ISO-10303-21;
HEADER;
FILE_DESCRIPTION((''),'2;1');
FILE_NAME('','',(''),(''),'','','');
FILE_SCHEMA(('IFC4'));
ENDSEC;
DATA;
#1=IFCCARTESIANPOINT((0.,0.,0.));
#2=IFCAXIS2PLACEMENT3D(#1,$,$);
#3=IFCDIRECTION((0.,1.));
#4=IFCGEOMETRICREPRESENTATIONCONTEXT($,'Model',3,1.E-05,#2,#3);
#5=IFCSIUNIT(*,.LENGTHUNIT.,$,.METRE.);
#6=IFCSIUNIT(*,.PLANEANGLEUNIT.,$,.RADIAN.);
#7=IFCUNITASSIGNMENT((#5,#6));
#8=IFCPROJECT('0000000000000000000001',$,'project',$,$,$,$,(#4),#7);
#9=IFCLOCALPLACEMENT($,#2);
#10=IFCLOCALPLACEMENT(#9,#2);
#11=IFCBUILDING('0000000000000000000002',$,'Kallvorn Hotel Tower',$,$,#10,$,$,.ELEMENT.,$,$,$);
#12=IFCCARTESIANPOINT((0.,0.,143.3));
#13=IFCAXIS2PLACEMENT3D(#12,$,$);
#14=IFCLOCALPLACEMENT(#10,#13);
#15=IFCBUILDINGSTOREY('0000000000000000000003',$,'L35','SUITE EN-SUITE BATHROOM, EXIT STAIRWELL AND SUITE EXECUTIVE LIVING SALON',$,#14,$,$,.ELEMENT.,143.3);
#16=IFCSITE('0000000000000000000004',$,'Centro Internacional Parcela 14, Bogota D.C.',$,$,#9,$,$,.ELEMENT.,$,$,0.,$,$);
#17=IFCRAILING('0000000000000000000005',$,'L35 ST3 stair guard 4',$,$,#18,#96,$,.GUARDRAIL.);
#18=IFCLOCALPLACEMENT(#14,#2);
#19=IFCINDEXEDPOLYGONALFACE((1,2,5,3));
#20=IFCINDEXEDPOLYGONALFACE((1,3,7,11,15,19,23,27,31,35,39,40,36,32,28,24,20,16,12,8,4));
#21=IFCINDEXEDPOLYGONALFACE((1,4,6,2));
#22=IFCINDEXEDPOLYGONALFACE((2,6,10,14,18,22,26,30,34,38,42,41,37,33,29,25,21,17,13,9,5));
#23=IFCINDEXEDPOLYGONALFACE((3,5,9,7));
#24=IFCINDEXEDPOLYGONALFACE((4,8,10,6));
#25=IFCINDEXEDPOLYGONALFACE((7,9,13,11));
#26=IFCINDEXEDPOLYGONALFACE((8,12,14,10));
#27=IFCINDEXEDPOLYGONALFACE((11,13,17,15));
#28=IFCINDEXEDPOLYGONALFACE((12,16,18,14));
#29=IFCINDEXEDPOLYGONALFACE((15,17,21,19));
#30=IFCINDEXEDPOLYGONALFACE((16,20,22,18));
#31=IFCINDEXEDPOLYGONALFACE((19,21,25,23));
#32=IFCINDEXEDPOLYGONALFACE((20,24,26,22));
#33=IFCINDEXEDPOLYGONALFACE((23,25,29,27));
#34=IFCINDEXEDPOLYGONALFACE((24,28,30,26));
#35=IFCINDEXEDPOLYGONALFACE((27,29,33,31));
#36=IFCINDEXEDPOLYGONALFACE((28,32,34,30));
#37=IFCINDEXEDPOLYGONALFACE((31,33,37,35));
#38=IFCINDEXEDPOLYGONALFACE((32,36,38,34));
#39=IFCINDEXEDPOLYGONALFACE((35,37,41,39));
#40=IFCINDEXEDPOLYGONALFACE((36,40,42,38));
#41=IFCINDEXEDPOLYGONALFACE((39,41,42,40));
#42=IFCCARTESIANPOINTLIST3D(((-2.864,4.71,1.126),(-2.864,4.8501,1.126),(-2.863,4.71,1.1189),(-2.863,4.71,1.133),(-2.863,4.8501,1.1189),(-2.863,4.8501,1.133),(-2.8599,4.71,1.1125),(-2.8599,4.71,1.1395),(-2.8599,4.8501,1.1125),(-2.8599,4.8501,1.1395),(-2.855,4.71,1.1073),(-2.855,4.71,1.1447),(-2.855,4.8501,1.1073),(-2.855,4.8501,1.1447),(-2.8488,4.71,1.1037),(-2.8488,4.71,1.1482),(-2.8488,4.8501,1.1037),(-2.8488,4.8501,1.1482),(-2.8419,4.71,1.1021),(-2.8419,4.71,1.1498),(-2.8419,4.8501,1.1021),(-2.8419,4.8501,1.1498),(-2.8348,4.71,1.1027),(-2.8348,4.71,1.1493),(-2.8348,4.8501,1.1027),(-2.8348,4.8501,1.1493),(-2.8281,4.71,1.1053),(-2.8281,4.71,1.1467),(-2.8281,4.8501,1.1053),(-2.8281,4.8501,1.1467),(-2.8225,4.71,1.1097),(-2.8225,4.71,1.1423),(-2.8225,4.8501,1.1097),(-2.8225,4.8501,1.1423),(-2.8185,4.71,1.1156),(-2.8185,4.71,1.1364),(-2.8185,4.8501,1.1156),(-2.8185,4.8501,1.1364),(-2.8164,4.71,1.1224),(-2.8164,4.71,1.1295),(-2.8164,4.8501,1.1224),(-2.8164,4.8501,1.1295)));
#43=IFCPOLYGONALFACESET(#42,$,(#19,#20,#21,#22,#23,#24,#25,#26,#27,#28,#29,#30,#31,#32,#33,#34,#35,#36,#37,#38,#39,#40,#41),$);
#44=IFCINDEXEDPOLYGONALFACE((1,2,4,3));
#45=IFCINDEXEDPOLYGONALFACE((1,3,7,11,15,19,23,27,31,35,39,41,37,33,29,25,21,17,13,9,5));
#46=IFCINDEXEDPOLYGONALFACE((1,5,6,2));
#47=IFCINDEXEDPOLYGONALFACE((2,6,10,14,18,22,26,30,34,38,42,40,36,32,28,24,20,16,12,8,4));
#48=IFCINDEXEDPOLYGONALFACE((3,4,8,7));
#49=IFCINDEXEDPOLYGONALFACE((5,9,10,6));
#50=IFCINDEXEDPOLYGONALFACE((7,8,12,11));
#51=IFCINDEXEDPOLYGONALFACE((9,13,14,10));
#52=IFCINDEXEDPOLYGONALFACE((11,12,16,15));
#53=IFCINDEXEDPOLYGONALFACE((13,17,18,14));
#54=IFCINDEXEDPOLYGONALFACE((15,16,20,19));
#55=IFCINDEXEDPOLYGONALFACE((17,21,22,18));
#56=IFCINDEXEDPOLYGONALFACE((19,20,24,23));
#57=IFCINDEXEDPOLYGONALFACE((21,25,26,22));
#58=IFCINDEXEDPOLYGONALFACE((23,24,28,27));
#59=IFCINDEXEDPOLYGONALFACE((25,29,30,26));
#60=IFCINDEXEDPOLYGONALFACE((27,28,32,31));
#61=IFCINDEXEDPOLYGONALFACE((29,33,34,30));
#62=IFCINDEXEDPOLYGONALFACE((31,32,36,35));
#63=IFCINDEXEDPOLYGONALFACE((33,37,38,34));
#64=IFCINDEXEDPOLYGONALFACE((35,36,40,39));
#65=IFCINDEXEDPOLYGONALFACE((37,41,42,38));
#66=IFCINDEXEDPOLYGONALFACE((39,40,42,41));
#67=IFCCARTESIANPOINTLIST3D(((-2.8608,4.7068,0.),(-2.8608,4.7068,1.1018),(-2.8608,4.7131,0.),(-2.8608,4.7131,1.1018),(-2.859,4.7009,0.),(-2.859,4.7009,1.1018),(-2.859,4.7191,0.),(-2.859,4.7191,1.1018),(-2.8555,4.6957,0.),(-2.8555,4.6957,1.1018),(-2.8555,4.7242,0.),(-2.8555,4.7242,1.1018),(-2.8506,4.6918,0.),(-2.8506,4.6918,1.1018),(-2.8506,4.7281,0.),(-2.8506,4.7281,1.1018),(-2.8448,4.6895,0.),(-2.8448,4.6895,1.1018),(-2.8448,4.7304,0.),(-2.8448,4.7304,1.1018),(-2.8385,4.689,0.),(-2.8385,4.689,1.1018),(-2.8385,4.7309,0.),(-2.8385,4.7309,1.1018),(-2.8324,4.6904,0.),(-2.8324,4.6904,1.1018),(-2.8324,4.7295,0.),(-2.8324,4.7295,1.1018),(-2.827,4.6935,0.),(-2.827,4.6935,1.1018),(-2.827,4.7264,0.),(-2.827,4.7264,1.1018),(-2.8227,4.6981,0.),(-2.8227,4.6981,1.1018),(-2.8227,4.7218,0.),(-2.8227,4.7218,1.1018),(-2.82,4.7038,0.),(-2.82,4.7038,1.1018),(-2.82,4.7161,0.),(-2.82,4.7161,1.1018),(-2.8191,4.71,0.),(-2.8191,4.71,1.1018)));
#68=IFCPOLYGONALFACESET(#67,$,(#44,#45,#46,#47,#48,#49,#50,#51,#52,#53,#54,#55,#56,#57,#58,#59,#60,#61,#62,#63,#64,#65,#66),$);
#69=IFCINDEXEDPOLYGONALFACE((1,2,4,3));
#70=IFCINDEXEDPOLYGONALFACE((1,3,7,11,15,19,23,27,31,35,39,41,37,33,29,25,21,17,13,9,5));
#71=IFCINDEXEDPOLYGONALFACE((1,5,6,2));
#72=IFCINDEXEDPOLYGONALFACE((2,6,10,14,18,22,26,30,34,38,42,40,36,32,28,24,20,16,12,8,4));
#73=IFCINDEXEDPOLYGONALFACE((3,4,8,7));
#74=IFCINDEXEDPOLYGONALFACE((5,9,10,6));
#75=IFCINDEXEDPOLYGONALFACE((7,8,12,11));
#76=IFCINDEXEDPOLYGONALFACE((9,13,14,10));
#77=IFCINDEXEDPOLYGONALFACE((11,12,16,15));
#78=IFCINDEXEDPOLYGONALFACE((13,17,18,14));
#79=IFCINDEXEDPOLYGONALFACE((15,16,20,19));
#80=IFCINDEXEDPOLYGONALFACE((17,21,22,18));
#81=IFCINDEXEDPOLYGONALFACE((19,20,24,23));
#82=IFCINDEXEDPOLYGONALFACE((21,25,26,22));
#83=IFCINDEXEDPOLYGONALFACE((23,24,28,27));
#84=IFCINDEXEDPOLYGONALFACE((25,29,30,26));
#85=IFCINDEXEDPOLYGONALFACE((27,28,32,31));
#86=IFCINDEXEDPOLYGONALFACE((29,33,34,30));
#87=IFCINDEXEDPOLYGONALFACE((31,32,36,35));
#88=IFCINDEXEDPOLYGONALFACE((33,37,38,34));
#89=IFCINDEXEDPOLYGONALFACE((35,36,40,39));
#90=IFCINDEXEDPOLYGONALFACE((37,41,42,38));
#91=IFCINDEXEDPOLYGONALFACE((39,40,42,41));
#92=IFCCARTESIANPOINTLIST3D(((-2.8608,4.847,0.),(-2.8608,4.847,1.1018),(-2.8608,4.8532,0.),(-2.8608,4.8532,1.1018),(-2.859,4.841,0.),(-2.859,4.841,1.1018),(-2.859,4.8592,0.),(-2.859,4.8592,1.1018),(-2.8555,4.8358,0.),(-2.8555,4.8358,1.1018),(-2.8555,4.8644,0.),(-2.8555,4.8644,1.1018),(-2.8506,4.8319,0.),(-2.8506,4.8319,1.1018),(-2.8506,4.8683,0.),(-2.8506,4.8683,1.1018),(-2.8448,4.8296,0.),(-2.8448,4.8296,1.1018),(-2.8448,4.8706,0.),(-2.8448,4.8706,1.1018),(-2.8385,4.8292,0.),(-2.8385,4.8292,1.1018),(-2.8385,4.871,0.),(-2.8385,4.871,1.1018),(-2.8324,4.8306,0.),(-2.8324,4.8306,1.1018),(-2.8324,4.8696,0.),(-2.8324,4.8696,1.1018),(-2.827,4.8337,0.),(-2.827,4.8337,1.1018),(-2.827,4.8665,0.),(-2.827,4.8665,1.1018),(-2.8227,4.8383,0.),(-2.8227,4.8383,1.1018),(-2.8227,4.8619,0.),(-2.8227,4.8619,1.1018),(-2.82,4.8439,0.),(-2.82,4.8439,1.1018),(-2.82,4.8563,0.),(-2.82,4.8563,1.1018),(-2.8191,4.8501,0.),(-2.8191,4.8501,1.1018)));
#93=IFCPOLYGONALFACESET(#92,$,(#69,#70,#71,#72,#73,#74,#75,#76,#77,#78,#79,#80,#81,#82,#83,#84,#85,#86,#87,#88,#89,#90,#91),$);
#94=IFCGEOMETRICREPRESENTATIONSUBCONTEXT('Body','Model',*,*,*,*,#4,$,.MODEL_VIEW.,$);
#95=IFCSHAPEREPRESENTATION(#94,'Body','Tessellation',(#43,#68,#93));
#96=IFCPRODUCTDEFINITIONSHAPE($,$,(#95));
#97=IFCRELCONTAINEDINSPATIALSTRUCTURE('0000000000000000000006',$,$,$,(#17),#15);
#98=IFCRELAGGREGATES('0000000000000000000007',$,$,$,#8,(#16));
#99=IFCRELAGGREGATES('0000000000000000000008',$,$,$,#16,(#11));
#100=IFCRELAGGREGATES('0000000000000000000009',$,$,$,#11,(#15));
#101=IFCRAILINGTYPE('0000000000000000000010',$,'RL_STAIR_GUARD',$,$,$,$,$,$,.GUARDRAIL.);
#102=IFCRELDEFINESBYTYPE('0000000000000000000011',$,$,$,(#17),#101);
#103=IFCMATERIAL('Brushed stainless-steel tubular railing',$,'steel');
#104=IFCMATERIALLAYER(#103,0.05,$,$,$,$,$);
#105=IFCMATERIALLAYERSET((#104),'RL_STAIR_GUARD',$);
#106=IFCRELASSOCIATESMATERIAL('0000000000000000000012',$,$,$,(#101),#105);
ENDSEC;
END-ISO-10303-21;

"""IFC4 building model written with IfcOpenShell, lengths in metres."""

from ifc_helpers import new_model, si_unit, direction, frame, origin, origin_2d, place, context, subcontext, project, spatial, circle, extrude, material, layer, layer_set, type_object, element, save


model = new_model("IFC4")

# Units and contexts
model_context = context("Model", 3, precision=1e-05, world=origin(), true_north=direction((0.0, 1.0)))
body_context = subcontext(model_context, "Body", "Model", "MODEL_VIEW")
ifc_project = project(units=[si_unit("LENGTHUNIT", "METRE"), si_unit("PLANEANGLEUNIT", "RADIAN")], contexts=[model_context])

# Site, building, storey
site_placement = place(None, origin())
site = spatial("IfcSite", under=ifc_project, at=site_placement, Name="Centro Internacional Parcela 14, Bogota D.C.", CompositionType="ELEMENT", RefElevation=0.0)
building_placement = place(site_placement, origin())
building = spatial("IfcBuilding", under=site, at=building_placement, Name="Kallvorn Hotel Tower", CompositionType="ELEMENT")
storey_placement = place(building_placement, frame((0.0, 0.0, 143.3)))
storey = spatial("IfcBuildingStorey", under=building, at=storey_placement, Name="L35", Description="SUITE EN-SUITE BATHROOM, EXIT STAIRWELL AND SUITE EXECUTIVE LIVING SALON", CompositionType="ELEMENT", Elevation=143.3)

# Railing
ifc_material_1 = material(Name="Brushed stainless-steel tubular railing", Category="steel")
ifc_layer_1 = layer(ifc_material_1, 0.05)
ifc_layer_set_1 = layer_set([ifc_layer_1], Name="RL_STAIR_GUARD")
railing_type_1 = type_object("IfcRailingType", Name="RL_STAIR_GUARD", PredefinedType="GUARDRAIL", material=ifc_layer_set_1)
railing_1_placement = place(storey_placement, frame((-2.8401, 4.71, 0.0)))
element("IfcRailing", 1, at=railing_1_placement, inside=storey, type_object=railing_type_1, Name="L35 ST3 stair guard 4", PredefinedType="GUARDRAIL", context=body_context, shape_type="SweptSolid", body=[
    extrude(circle(Radius=0.0239, at=origin_2d()), frame((0.0, 0.0, 1.126), z_axis=(0.0, 1.0, 0.0), x_axis=(-1.0, 0.0, 0.0)), (0.0, 0.0, 1.0), 0.1401),
    extrude(circle(Radius=0.021, at=origin_2d()), origin(), (0.0, 0.0, 1.0), 1.1018),
    extrude(circle(Radius=0.021, at=origin_2d()), frame((0.0, 0.1401, 0.0)), (0.0, 0.0, 1.0), 1.1018),
])

save(model, "model.ifc")
